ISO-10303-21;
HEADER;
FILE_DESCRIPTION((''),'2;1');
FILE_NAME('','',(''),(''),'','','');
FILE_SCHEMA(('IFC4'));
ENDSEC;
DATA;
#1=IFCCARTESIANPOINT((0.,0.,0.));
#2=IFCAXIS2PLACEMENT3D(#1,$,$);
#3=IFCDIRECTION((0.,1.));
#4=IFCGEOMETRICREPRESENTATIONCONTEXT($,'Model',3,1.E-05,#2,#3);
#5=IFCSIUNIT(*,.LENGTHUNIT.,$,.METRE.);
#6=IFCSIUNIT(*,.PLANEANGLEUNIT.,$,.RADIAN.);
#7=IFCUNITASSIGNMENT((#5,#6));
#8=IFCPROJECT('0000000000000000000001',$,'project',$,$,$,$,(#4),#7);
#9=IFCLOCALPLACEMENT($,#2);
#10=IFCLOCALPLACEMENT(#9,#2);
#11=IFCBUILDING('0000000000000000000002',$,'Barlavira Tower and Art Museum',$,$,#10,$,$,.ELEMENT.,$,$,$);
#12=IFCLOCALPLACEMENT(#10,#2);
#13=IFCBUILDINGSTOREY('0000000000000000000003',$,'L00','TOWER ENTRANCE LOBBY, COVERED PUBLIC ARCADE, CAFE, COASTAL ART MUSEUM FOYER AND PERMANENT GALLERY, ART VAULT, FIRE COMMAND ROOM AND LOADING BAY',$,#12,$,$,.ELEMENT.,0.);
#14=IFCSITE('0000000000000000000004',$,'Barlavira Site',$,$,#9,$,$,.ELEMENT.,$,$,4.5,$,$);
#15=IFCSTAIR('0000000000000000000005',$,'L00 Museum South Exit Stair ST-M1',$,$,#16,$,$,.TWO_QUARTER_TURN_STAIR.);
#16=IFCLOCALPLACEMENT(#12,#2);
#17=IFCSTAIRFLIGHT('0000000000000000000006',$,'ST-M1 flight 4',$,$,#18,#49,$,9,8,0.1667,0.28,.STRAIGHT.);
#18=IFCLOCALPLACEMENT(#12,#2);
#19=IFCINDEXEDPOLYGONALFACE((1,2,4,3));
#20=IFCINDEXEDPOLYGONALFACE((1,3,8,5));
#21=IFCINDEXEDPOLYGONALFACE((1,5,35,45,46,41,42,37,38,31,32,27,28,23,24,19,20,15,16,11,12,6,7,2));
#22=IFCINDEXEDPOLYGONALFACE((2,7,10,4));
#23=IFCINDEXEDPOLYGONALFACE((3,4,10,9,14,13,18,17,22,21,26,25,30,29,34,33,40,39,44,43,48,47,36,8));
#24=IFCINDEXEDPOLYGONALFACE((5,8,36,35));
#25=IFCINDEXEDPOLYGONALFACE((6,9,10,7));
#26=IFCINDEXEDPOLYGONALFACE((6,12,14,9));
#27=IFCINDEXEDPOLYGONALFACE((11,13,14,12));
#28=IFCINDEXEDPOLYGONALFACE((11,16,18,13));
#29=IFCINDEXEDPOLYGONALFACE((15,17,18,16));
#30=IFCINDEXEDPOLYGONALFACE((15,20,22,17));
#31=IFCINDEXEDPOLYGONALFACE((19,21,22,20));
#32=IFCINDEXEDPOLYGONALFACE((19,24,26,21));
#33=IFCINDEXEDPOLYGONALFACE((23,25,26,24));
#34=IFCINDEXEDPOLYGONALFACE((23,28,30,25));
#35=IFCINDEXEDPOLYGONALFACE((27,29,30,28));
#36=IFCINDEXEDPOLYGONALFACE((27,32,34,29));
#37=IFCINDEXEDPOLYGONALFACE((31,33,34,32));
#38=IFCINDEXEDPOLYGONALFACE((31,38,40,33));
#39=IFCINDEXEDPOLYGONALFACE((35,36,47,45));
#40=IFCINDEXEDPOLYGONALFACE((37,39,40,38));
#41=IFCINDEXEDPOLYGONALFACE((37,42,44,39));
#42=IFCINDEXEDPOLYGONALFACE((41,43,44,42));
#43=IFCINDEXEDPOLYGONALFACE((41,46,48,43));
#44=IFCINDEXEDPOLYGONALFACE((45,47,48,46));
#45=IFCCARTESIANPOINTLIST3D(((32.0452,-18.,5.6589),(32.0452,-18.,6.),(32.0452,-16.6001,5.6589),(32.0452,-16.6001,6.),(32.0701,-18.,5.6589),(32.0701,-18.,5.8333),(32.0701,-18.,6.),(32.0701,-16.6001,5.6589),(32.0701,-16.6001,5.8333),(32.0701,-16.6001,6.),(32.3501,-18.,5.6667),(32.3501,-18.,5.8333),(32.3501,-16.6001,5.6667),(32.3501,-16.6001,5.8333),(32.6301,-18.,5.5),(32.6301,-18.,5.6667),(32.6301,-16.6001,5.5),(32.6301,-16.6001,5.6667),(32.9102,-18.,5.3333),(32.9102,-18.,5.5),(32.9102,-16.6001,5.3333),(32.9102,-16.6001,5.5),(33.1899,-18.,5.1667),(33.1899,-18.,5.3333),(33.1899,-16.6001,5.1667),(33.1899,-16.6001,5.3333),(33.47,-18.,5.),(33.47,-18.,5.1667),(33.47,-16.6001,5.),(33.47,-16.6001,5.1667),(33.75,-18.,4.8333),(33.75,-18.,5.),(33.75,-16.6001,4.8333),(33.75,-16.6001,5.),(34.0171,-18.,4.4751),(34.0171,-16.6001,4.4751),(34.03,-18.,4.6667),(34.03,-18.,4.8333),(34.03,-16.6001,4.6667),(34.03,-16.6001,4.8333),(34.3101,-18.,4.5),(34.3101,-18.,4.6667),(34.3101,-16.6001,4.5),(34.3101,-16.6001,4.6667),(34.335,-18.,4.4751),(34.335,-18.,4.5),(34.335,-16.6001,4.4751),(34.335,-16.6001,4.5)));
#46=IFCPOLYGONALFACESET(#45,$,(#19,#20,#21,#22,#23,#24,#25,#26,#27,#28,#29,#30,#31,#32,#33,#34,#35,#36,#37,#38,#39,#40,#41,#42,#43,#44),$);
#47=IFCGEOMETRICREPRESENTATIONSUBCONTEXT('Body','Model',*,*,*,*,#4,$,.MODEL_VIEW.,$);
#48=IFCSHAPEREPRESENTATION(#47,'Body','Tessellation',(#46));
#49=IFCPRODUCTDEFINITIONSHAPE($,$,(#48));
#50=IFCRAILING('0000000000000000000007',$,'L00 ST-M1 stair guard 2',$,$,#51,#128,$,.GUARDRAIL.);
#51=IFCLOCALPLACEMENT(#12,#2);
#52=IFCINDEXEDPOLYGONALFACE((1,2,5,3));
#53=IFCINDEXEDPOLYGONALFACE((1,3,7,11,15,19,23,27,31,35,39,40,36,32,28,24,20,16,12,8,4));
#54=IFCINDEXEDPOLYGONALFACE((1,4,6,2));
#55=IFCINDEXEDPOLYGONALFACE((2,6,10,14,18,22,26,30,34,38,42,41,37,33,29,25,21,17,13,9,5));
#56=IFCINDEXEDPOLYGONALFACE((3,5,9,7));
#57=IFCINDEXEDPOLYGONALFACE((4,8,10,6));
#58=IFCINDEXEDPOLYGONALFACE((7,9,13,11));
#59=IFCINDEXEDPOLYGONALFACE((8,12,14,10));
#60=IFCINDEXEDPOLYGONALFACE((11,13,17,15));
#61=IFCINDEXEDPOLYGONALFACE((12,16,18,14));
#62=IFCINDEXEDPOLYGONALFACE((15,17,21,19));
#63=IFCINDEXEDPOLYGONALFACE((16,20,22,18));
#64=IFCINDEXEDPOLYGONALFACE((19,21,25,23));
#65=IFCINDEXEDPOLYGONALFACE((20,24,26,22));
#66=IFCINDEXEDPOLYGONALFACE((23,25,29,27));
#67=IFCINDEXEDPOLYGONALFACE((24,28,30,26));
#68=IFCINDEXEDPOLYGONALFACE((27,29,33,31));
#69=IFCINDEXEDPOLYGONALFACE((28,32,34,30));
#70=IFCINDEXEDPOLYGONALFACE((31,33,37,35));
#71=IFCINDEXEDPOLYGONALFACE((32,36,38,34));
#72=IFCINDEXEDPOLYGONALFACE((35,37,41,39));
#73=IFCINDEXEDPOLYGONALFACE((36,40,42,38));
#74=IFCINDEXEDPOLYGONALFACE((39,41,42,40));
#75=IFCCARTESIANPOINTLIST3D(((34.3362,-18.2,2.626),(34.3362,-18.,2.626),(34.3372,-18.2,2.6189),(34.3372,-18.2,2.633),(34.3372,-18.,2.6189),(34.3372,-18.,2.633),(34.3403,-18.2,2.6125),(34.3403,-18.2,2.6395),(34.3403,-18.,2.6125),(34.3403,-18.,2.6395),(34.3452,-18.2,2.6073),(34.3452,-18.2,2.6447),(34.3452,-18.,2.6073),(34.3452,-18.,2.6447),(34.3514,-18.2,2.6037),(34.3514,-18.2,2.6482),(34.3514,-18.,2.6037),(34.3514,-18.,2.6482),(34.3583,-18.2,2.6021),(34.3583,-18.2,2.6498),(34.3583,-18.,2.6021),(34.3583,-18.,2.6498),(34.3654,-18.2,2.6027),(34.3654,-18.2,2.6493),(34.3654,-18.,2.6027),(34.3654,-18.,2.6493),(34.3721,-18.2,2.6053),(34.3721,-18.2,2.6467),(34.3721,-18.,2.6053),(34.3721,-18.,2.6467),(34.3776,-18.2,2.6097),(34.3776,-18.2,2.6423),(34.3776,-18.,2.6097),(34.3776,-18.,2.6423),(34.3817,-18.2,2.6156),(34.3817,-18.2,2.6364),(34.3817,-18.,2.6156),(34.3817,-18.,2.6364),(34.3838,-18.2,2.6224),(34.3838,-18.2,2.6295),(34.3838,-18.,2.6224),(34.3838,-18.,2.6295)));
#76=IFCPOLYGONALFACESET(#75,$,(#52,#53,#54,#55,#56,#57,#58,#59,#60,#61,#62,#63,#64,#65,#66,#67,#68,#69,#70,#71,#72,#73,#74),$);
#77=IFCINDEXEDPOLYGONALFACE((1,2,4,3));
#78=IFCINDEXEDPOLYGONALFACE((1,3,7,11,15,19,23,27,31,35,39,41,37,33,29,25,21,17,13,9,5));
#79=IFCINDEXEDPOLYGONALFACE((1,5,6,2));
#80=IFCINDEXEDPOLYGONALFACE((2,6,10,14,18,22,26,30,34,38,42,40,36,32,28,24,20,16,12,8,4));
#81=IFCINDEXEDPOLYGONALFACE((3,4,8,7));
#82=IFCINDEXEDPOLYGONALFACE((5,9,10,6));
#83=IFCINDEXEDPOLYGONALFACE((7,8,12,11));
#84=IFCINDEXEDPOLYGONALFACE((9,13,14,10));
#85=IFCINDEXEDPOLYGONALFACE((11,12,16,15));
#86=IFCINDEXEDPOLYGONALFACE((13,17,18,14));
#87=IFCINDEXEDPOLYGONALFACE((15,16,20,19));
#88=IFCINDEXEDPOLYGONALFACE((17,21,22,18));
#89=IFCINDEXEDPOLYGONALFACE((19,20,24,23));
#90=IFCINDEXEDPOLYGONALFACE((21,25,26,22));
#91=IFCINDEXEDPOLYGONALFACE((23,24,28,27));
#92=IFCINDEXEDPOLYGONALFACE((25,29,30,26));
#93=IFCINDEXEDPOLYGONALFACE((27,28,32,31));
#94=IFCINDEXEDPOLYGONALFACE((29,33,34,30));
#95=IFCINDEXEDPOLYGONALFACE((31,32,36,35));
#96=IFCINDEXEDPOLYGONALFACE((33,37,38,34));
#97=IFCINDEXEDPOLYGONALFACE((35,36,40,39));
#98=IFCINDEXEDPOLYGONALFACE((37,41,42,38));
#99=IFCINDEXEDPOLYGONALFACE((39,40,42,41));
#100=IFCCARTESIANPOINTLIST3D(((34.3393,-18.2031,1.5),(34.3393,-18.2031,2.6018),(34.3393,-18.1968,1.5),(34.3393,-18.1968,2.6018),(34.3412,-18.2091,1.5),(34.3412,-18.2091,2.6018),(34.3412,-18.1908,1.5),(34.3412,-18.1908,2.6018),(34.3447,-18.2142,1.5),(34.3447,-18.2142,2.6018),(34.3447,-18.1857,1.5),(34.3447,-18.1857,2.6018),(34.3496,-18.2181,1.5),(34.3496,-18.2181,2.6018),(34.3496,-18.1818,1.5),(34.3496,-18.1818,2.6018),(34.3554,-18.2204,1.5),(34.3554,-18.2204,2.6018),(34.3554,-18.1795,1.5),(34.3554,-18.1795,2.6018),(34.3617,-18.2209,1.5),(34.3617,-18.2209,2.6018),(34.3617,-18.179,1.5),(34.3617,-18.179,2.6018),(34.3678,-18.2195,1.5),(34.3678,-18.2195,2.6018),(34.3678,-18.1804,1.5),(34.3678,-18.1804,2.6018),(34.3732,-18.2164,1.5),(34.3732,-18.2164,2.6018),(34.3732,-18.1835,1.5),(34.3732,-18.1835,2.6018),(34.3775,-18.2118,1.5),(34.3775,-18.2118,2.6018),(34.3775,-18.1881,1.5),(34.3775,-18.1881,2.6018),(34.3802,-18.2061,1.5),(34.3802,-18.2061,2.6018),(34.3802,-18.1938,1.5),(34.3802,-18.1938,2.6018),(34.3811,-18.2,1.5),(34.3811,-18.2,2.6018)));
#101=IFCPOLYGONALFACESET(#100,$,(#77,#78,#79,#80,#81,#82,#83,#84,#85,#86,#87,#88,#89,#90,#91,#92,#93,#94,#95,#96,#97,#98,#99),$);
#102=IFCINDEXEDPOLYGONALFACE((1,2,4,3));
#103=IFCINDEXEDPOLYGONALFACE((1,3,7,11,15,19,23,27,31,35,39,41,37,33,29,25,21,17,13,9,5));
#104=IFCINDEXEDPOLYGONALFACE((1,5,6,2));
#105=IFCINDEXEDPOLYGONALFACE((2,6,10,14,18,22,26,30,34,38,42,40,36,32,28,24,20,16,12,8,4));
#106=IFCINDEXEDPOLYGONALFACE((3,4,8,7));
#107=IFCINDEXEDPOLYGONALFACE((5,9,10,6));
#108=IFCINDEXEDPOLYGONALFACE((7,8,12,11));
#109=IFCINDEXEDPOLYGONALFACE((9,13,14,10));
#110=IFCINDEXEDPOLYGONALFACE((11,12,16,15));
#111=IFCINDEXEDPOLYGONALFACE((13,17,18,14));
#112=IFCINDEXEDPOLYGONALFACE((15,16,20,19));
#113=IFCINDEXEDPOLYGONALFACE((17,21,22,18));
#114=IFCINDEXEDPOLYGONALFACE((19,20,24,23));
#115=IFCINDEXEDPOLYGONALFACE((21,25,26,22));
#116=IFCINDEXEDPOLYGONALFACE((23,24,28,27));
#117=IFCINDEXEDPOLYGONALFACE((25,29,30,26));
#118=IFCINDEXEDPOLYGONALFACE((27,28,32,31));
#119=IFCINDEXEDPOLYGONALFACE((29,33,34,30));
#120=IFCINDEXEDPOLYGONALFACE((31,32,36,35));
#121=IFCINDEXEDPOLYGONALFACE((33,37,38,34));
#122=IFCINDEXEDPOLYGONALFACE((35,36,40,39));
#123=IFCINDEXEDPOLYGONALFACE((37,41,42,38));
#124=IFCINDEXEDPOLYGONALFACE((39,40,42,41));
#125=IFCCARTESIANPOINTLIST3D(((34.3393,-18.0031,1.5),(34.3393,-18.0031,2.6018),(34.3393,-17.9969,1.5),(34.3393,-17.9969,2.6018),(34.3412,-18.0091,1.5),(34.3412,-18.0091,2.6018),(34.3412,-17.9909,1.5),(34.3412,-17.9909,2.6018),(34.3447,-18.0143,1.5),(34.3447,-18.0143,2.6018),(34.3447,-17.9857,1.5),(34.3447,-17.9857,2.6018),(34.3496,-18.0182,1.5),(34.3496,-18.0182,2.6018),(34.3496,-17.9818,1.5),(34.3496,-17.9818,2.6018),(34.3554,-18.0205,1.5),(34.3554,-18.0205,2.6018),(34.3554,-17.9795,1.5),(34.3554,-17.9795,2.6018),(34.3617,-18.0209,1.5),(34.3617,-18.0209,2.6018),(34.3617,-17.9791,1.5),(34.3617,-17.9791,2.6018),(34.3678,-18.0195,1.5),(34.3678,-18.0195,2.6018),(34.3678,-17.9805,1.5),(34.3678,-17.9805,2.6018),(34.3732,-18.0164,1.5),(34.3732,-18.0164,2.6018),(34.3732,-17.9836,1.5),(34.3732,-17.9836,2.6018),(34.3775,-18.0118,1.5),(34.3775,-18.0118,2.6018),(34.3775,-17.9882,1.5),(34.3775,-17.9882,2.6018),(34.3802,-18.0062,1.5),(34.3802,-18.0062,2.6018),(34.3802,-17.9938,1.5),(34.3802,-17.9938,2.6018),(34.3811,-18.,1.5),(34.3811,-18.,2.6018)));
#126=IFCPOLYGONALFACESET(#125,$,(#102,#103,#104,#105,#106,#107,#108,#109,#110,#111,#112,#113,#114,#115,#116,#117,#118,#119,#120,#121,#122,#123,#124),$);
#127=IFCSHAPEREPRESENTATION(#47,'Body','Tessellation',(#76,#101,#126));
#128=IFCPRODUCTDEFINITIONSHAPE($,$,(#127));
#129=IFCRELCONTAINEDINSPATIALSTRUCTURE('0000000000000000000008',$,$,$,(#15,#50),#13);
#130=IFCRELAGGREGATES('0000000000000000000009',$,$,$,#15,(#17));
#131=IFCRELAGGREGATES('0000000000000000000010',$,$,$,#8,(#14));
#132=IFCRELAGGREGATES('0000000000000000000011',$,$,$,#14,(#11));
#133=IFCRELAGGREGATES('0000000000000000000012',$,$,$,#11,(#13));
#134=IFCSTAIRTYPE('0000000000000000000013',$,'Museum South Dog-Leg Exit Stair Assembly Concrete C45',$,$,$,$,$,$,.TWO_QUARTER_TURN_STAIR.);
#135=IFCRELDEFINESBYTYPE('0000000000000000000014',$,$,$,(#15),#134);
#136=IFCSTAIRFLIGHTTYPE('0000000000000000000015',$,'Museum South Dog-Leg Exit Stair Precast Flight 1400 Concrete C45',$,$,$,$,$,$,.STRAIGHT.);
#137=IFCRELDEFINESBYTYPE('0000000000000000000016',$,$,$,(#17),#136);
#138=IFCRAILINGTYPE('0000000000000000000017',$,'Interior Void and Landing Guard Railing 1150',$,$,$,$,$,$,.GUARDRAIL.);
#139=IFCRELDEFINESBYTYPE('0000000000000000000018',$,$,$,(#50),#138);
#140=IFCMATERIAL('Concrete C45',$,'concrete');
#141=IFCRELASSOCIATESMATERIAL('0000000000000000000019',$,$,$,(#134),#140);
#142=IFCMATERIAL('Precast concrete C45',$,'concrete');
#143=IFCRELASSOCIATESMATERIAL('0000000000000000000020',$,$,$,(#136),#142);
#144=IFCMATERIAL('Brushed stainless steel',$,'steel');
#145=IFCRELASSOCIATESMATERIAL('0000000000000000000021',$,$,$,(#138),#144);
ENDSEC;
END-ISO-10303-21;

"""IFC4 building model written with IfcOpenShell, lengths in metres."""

from ifc_helpers import new_model, si_unit, direction, frame, origin, origin_2d, place, context, subcontext, project, spatial, polyline, circle, outline, extrude, material, type_object, element, aggregate, save


model = new_model("IFC4")

# Units and contexts
model_context = context("Model", 3, precision=1e-05, world=origin(), true_north=direction((0.0, 1.0)))
body_context = subcontext(model_context, "Body", "Model", "MODEL_VIEW")
ifc_project = project(units=[si_unit("LENGTHUNIT", "METRE"), si_unit("PLANEANGLEUNIT", "RADIAN")], contexts=[model_context])

# Site, building, storey
site_placement = place(None, origin())
site = spatial("IfcSite", under=ifc_project, at=site_placement, Name="Barlavira Site", CompositionType="ELEMENT", RefElevation=4.5)
building_placement = place(site_placement, origin())
building = spatial("IfcBuilding", under=site, at=building_placement, Name="Barlavira Tower and Art Museum", CompositionType="ELEMENT")
storey_placement = place(building_placement, origin())
storey = spatial("IfcBuildingStorey", under=building, at=storey_placement, Name="L00", Description="TOWER ENTRANCE LOBBY, COVERED PUBLIC ARCADE, CAFE, COASTAL ART MUSEUM FOYER AND PERMANENT GALLERY, ART VAULT, FIRE COMMAND ROOM AND LOADING BAY", CompositionType="ELEMENT", Elevation=0.0)

# Shared definitions
ifc_material_1 = material(Name="Brushed stainless steel", Category="steel")

# Stair, stair flight
ifc_material_2 = material(Name="Concrete C45", Category="concrete")
stair_type = type_object("IfcStairType", Name="Museum South Dog-Leg Exit Stair Assembly Concrete C45", PredefinedType="TWO_QUARTER_TURN_STAIR", material=ifc_material_2)
stair_placement = place(storey_placement, origin())
stair = element("IfcStair", 1, at=stair_placement, inside=storey, type_object=stair_type, Name="L00 Museum South Exit Stair ST-M1", PredefinedType="TWO_QUARTER_TURN_STAIR")
ifc_material_3 = material(Name="Precast concrete C45", Category="concrete")
stair_flight_type = type_object("IfcStairFlightType", Name="Museum South Dog-Leg Exit Stair Precast Flight 1400 Concrete C45", PredefinedType="STRAIGHT", material=ifc_material_3)
stair_flight_1_placement = place(storey_placement, frame((34.3101, -17.3, 4.5), z_axis=(0.0, 0.0, 1.0), x_axis=(-1.0, 0.0, 0.0)))
stair_flight_1 = element("IfcStairFlight", 2, at=stair_flight_1_placement, type_object=stair_flight_type, Name="ST-M1 flight 4", NumberOfRisers=9, NumberOfTreads=8, PredefinedType="STRAIGHT", RiserHeight=0.1667, TreadLength=0.28, context=body_context, shape_type="SweptSolid", body=[
    extrude(outline(polyline([(-0.0249, 0.0), (0.0, 0.0), (0.0, 0.1667), (0.28, 0.1667), (0.28, 0.3333), (0.5601, 0.3333), (0.5601, 0.5), (0.8401, 0.5), (0.8401, 0.6667), (1.1201, 0.6667), (1.1201, 0.8333), (1.3999, 0.8333), (1.3999, 1.0), (1.6799, 1.0), (1.6799, 1.1667), (1.96, 1.1667), (1.96, 1.3333), (2.24, 1.3333), (2.24, 1.5), (2.2649, 1.5), (2.2649, 1.1589), (2.24, 1.1589), (0.293, -0.0249), (-0.0249, -0.0249), (-0.0249, 0.0)])), frame((0.0, 0.7, 0.0), z_axis=(0.0, -1.0, 0.0), x_axis=(1.0, 0.0, 0.0)), (0.0, 0.0, 1.0), 1.3999),
])
aggregate(stair, [stair_flight_1])

# Railing
railing_type_1 = type_object("IfcRailingType", Name="Interior Void and Landing Guard Railing 1150", PredefinedType="GUARDRAIL", material=ifc_material_1)
railing_1_placement = place(storey_placement, frame((34.3601, -18.2, 1.5)))
element("IfcRailing", 3, at=railing_1_placement, inside=storey, type_object=railing_type_1, Name="L00 ST-M1 stair guard 2", PredefinedType="GUARDRAIL", context=body_context, shape_type="SweptSolid", body=[
    extrude(circle(Radius=0.0239, at=origin_2d()), frame((0.0, 0.0, 1.126), z_axis=(0.0, 1.0, 0.0), x_axis=(-1.0, 0.0, 0.0)), (0.0, 0.0, 1.0), 0.2),
    extrude(circle(Radius=0.021, at=origin_2d()), origin(), (0.0, 0.0, 1.0), 1.1018),
    extrude(circle(Radius=0.021, at=origin_2d()), frame((0.0, 0.2, 0.0)), (0.0, 0.0, 1.0), 1.1018),
])

save(model, "model.ifc")
